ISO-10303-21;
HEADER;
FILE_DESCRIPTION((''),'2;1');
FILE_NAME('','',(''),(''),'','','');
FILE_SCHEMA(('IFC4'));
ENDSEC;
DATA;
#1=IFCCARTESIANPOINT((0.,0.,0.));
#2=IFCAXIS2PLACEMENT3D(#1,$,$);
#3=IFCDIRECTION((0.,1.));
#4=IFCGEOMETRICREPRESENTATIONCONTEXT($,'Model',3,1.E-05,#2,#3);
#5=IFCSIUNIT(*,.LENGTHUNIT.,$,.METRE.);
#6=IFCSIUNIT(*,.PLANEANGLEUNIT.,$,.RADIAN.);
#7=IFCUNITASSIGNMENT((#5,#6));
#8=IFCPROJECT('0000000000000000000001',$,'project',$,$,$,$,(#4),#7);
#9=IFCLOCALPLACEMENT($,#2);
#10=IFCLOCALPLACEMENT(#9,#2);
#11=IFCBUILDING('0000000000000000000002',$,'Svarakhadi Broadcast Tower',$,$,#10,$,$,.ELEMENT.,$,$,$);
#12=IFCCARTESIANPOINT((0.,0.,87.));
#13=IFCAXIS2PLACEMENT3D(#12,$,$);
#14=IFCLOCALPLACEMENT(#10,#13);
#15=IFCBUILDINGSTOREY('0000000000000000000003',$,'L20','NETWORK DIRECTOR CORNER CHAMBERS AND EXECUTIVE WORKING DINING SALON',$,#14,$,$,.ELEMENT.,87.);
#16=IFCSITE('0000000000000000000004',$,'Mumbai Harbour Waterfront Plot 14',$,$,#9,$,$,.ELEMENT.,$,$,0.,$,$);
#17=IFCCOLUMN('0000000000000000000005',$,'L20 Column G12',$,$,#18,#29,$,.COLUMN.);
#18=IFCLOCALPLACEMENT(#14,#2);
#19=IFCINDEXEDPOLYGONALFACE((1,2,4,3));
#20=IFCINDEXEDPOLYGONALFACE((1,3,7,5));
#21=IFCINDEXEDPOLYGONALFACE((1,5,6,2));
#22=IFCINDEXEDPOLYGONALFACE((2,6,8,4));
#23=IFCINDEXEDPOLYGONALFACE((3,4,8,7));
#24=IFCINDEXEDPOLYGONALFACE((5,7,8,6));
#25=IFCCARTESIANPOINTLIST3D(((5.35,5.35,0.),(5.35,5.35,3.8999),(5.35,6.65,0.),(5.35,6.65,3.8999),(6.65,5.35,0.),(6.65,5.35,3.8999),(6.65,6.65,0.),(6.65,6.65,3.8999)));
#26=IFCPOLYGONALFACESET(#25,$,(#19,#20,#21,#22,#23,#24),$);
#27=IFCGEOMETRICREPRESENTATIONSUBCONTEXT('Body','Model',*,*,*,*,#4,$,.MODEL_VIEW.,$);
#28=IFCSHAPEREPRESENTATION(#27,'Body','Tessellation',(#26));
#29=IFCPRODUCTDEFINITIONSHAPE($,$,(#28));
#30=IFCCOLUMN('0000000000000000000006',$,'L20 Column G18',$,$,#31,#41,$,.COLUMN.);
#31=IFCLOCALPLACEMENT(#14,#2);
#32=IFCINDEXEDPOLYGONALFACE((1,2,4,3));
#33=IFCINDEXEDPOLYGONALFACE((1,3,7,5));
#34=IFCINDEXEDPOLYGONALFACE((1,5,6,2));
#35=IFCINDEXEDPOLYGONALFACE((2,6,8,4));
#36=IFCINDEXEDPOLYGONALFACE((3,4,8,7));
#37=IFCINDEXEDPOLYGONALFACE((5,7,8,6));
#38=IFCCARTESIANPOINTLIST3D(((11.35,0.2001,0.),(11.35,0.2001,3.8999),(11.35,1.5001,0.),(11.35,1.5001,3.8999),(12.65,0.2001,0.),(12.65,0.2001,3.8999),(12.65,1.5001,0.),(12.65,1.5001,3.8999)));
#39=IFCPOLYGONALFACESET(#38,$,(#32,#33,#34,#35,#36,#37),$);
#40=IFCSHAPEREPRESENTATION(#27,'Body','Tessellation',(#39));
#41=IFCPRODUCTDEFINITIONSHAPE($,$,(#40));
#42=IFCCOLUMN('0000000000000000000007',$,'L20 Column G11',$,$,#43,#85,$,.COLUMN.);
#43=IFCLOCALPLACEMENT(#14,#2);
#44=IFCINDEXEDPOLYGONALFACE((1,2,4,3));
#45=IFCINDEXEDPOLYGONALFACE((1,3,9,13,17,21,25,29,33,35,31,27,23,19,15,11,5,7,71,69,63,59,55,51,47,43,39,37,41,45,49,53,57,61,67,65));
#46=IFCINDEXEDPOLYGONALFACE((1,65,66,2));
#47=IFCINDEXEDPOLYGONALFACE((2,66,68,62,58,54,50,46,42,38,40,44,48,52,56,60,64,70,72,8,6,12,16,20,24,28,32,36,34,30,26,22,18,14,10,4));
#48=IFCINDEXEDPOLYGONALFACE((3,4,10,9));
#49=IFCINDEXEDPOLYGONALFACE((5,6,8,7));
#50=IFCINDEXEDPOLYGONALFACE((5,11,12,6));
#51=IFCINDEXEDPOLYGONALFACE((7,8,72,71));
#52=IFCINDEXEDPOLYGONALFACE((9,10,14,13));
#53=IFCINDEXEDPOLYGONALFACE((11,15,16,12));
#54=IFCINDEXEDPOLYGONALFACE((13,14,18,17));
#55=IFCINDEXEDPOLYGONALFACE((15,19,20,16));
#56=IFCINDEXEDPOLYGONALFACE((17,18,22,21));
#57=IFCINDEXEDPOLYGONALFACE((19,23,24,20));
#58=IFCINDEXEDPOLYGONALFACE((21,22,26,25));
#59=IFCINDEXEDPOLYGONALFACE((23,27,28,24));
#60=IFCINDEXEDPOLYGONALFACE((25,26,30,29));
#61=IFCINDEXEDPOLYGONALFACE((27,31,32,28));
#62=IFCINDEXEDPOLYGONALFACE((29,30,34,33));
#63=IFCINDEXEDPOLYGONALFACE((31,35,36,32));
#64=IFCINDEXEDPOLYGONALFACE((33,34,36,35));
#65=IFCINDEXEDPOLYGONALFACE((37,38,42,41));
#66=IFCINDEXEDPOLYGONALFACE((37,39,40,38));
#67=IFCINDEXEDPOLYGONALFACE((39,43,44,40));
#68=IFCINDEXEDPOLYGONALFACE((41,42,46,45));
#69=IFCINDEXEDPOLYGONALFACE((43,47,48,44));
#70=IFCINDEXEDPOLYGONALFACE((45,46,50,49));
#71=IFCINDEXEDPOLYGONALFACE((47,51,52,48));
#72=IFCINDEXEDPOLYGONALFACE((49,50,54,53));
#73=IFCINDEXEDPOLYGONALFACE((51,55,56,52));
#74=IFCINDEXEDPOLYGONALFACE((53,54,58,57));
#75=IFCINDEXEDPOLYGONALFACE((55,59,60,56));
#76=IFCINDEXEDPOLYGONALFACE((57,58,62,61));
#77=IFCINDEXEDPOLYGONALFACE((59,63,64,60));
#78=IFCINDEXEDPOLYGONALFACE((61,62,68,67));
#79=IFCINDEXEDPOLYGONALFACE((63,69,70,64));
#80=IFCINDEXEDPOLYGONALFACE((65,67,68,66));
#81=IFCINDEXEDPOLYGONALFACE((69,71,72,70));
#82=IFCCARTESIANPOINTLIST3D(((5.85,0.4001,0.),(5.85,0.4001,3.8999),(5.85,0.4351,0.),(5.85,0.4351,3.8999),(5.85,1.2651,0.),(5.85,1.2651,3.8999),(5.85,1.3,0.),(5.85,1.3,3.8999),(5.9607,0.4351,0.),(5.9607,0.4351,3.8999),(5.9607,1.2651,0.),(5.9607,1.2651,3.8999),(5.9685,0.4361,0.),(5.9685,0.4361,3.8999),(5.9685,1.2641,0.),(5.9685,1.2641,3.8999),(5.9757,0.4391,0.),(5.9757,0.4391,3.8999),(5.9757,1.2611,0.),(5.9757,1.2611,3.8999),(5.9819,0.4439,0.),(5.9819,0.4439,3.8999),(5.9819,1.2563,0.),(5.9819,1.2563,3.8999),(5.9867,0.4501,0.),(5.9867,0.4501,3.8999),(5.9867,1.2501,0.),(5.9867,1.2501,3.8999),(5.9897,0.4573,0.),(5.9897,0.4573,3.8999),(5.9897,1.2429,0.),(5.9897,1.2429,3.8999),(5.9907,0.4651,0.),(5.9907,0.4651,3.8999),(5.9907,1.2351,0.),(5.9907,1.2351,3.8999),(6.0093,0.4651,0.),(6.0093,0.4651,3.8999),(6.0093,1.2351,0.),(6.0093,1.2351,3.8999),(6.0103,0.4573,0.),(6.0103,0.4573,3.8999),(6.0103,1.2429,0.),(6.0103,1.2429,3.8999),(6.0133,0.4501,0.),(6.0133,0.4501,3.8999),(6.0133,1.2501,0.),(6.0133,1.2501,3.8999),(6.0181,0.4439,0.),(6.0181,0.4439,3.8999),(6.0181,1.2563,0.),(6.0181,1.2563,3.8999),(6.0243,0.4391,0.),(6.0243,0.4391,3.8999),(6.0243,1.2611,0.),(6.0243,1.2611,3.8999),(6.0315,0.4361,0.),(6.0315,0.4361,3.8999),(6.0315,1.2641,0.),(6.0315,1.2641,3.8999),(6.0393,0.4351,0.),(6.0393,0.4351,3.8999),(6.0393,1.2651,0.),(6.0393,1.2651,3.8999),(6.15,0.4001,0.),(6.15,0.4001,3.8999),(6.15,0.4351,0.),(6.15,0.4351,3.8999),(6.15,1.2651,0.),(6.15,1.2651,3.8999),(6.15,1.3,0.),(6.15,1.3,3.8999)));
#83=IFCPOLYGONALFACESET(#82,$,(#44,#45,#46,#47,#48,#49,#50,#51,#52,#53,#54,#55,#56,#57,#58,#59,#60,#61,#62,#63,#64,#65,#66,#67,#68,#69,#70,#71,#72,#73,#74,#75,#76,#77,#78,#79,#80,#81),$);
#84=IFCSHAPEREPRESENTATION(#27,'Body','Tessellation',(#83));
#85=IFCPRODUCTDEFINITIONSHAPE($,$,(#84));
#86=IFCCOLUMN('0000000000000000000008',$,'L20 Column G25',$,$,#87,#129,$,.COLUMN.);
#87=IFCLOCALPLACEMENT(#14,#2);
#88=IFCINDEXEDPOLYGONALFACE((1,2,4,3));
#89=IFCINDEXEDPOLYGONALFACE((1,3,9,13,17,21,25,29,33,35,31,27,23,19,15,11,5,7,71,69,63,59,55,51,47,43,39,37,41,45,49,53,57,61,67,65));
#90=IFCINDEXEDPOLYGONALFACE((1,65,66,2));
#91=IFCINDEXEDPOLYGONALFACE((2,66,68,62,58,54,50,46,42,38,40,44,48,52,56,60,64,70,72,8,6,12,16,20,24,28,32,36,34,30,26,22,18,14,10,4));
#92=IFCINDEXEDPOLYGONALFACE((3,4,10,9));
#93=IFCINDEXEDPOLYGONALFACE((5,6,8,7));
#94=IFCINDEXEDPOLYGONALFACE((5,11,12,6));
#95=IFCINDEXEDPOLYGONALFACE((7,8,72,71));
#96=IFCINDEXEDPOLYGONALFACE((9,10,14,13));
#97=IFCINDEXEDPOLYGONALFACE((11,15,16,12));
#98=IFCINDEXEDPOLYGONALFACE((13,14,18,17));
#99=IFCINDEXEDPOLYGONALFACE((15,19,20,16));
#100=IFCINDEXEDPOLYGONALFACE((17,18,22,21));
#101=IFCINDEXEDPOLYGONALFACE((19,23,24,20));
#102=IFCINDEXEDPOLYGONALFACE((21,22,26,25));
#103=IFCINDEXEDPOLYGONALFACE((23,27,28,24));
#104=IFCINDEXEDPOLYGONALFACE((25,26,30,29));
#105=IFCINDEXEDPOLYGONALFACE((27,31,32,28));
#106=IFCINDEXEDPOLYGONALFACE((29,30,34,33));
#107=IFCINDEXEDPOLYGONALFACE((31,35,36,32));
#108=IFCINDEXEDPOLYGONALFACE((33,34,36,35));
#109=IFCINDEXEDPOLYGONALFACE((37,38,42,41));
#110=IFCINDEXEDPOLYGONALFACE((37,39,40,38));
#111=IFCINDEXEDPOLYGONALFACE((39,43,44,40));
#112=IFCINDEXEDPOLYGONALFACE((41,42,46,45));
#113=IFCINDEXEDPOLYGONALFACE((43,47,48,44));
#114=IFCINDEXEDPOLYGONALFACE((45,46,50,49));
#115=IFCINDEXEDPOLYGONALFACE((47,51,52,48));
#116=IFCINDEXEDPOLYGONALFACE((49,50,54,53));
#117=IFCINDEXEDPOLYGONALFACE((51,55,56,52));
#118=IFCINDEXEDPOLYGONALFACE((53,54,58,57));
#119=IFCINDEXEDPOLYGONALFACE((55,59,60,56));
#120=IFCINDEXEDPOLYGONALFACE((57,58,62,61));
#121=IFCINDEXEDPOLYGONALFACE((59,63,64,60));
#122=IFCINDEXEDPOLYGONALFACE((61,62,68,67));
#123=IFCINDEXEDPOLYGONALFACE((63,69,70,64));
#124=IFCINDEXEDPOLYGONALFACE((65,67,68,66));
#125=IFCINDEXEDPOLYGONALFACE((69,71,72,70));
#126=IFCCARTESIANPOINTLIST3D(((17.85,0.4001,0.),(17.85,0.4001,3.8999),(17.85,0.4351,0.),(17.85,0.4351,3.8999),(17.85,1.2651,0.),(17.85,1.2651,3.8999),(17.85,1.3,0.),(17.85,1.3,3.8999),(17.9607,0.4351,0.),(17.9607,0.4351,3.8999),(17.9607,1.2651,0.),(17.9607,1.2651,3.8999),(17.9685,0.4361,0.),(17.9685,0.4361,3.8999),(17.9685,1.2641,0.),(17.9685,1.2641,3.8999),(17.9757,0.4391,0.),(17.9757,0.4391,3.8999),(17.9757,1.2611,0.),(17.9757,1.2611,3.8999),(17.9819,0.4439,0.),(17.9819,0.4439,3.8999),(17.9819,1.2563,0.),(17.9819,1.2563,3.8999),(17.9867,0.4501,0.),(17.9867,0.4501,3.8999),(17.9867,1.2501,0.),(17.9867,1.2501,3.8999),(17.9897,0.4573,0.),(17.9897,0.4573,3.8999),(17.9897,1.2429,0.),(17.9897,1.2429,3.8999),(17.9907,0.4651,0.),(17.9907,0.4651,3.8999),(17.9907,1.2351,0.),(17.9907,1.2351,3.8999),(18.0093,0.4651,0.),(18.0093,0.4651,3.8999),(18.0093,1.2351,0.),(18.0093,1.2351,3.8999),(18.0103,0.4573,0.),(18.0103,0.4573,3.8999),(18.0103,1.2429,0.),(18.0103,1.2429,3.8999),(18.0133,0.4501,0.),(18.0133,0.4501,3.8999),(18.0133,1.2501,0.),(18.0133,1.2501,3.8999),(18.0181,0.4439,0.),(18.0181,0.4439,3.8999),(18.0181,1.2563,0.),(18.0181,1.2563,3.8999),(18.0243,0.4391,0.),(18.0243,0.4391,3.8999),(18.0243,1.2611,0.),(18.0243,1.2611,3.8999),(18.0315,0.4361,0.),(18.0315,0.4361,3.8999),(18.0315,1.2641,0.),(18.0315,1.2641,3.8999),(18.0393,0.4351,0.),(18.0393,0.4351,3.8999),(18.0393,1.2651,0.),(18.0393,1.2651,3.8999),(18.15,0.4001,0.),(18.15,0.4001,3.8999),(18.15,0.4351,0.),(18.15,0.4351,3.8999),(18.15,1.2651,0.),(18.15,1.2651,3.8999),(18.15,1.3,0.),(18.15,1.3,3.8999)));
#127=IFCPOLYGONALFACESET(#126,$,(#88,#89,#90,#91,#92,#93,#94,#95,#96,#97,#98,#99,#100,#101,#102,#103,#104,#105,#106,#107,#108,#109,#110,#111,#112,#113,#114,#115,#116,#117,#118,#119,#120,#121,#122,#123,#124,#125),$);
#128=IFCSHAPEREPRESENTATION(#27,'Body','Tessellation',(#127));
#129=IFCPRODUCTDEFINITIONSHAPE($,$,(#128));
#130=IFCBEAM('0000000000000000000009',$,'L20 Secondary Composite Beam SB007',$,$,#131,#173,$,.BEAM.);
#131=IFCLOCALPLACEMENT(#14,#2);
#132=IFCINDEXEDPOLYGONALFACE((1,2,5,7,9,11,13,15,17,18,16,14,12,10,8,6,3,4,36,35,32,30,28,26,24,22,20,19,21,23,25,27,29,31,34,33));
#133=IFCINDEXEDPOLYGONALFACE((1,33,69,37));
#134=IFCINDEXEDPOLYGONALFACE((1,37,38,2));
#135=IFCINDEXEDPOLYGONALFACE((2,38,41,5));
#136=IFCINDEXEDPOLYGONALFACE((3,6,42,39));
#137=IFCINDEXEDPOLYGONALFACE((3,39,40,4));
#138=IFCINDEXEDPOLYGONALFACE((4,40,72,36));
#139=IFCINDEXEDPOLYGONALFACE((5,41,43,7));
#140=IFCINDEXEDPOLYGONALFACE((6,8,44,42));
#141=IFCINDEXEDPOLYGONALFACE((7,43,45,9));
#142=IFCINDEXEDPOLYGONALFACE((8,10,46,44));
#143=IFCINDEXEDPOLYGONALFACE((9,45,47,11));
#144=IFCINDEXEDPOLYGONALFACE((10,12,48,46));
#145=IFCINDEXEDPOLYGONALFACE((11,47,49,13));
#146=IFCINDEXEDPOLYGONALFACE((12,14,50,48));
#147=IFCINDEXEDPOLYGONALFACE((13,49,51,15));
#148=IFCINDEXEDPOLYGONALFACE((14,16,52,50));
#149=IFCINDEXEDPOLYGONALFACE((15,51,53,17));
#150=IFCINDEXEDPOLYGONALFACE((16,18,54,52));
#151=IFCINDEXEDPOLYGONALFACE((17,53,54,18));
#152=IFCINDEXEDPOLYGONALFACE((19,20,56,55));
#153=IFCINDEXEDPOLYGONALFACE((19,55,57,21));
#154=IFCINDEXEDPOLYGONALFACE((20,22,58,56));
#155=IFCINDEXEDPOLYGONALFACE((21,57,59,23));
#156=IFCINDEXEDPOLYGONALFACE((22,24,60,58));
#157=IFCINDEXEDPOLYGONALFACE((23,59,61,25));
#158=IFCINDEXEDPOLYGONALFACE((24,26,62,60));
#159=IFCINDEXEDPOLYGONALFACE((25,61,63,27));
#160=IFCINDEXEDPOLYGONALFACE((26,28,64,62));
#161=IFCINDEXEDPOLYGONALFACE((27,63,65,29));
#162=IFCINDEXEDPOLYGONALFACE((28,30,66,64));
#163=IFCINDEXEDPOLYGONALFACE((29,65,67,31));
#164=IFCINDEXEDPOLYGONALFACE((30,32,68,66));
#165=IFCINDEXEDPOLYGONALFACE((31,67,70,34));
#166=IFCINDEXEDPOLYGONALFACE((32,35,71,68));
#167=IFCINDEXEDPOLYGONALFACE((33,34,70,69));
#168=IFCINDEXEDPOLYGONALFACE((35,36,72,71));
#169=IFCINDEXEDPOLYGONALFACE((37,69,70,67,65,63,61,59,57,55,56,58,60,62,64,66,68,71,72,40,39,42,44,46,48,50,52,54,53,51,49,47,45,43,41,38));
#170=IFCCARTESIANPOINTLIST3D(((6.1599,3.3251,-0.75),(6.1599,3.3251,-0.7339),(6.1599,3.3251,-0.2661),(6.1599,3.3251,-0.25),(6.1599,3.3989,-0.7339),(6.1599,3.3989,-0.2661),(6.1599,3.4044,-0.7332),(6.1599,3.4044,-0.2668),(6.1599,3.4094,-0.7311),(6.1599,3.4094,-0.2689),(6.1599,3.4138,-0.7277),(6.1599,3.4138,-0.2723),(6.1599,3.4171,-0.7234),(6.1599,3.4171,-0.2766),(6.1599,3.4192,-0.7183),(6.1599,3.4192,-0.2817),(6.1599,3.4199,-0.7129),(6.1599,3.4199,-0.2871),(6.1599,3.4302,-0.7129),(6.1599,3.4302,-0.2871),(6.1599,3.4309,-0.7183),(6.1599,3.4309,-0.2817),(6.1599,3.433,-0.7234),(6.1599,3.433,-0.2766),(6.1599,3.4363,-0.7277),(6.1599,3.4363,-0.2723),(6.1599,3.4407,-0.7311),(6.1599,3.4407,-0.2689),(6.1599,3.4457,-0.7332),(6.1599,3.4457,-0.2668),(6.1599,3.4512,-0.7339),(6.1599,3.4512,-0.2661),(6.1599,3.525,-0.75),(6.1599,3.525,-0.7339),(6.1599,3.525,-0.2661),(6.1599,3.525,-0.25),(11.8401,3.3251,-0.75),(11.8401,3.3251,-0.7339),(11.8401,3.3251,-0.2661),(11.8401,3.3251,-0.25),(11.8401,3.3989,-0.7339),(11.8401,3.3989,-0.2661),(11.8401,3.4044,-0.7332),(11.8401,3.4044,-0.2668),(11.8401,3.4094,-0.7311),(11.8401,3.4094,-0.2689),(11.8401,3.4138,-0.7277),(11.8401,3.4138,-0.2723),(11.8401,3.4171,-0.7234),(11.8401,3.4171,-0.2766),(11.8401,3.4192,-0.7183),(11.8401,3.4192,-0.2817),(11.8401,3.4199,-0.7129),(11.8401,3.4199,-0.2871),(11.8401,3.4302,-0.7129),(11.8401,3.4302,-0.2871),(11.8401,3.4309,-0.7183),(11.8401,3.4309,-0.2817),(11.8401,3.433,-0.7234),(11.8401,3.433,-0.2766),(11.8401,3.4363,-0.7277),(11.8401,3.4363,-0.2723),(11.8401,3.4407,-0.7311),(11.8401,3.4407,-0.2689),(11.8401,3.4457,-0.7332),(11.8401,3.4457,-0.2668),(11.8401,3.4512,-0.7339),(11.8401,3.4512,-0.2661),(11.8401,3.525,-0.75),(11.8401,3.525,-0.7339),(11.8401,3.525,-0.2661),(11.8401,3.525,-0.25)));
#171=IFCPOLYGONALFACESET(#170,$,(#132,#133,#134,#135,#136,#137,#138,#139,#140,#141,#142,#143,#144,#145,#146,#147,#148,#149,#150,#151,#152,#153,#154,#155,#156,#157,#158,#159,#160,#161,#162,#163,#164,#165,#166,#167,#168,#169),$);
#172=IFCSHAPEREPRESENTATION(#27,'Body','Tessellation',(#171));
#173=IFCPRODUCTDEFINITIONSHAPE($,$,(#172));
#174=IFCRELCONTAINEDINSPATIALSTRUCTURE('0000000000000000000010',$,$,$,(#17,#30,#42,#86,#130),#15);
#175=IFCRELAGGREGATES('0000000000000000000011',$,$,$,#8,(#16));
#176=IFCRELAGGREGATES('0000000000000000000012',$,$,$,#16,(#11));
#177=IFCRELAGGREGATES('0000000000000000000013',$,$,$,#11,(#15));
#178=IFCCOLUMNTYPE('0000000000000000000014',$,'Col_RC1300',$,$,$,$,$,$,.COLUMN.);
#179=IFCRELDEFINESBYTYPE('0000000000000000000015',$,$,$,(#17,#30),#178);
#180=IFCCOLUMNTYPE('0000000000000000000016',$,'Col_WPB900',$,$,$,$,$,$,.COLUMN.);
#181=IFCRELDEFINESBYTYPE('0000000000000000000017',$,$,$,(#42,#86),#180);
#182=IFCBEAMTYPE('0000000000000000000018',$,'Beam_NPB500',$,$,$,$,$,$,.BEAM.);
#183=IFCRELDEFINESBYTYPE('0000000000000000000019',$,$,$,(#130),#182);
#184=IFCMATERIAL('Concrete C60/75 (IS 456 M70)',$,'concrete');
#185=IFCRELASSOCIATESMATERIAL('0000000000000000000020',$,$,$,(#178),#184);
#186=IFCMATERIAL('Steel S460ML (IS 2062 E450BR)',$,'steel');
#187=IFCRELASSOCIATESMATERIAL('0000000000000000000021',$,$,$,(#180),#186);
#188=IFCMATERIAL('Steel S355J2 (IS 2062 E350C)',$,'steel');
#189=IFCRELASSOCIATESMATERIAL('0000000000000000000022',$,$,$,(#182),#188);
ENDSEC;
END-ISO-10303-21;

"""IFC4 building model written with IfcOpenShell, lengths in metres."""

from ifc_helpers import new_model, si_unit, direction, frame, origin, origin_2d, place, context, subcontext, project, spatial, rectangle, i_section, extrude, material, material_profile, profile_set, type_object, element, save


model = new_model("IFC4")

# Units and contexts
model_context = context("Model", 3, precision=1e-05, world=origin(), true_north=direction((0.0, 1.0)))
body_context = subcontext(model_context, "Body", "Model", "MODEL_VIEW")
ifc_project = project(units=[si_unit("LENGTHUNIT", "METRE"), si_unit("PLANEANGLEUNIT", "RADIAN")], contexts=[model_context])

# Site, building, storey
site_placement = place(None, origin())
site = spatial("IfcSite", under=ifc_project, at=site_placement, Name="Mumbai Harbour Waterfront Plot 14", CompositionType="ELEMENT", RefElevation=0.0)
building_placement = place(site_placement, origin())
building = spatial("IfcBuilding", under=site, at=building_placement, Name="Svarakhadi Broadcast Tower", CompositionType="ELEMENT")
storey_placement = place(building_placement, frame((0.0, 0.0, 87.0)))
storey = spatial("IfcBuildingStorey", under=building, at=storey_placement, Name="L20", Description="NETWORK DIRECTOR CORNER CHAMBERS AND EXECUTIVE WORKING DINING SALON", CompositionType="ELEMENT", Elevation=87.0)

# Columns
ifc_material_1 = material(Name="Concrete C60/75 (IS 456 M70)", Category="concrete")
ifc_material_profile_1 = material_profile(ifc_material_1, rectangle(XDim=1.3, YDim=1.3, at=origin_2d()), Name="RC 1300x1300")
ifc_profile_set_1 = profile_set([ifc_material_profile_1], Name="Concrete C60/75 (IS 456 M70)")
column_type_1 = type_object("IfcColumnType", Name="Col_RC1300", PredefinedType="COLUMN", material=ifc_profile_set_1)
for number, where, z_axis, x_axis, name in (
    (1, (6.0, 6.0, 0.0), (0.0, 0.0, 1.0), (1.0, 0.0, 0.0), "L20 Column G12"),
    (2, (12.0, 0.8501, 0.0), (0.0, 0.0, 1.0), (1.0, 0.0, 0.0), "L20 Column G18"),
):
    element("IfcColumn", number, at=place(storey_placement, frame(where, z_axis=z_axis, x_axis=x_axis)), inside=storey, type_object=column_type_1, Name=name, PredefinedType="COLUMN", context=body_context, shape_type="SweptSolid", body=[
        extrude(rectangle(XDim=1.3, YDim=1.3, at=origin_2d()), origin(), (0.0, 0.0, 1.0), 3.8999),
    ])
ifc_material_2 = material(Name="Steel S460ML (IS 2062 E450BR)", Category="steel")
ifc_material_profile_2 = material_profile(ifc_material_2, i_section(OverallWidth=0.3, OverallDepth=0.8999, WebThickness=0.0186, FlangeThickness=0.0349, FilletRadius=0.03, at=origin_2d()), Name="WPB 900x300x291")
ifc_profile_set_2 = profile_set([ifc_material_profile_2], Name="Steel S460ML (IS 2062 E450BR)")
column_type_2 = type_object("IfcColumnType", Name="Col_WPB900", PredefinedType="COLUMN", material=ifc_profile_set_2)
for number, where, z_axis, x_axis, name in (
    (3, (6.0, 0.8501, 0.0), (0.0, 0.0, 1.0), (1.0, 0.0, 0.0), "L20 Column G11"),
    (4, (18.0, 0.8501, 0.0), (0.0, 0.0, 1.0), (1.0, 0.0, 0.0), "L20 Column G25"),
):
    element("IfcColumn", number, at=place(storey_placement, frame(where, z_axis=z_axis, x_axis=x_axis)), inside=storey, type_object=column_type_2, Name=name, PredefinedType="COLUMN", context=body_context, shape_type="SweptSolid", body=[
        extrude(i_section(OverallWidth=0.3, OverallDepth=0.8999, WebThickness=0.0186, FlangeThickness=0.0349, FilletRadius=0.03, at=origin_2d()), origin(), (0.0, 0.0, 1.0), 3.8999),
    ])

# Beam
ifc_material_3 = material(Name="Steel S355J2 (IS 2062 E350C)", Category="steel")
ifc_material_profile_3 = material_profile(ifc_material_3, i_section(OverallWidth=0.2, OverallDepth=0.5, WebThickness=0.0103, FlangeThickness=0.0161, FilletRadius=0.021, at=origin_2d()), Name="NPB 500x200x91")
ifc_profile_set_3 = profile_set([ifc_material_profile_3], Name="Steel S355J2 (IS 2062 E350C)")
beam_type_1 = type_object("IfcBeamType", Name="Beam_NPB500", PredefinedType="BEAM", material=ifc_profile_set_3)
for number, where, z_axis, x_axis, name in (
    (5, (6.1599, 3.425, -0.5), (1.0, 0.0, 0.0), (0.0, 1.0, 0.0), "L20 Secondary Composite Beam SB007"),
):
    element("IfcBeam", number, at=place(storey_placement, frame(where, z_axis=z_axis, x_axis=x_axis)), inside=storey, type_object=beam_type_1, Name=name, PredefinedType="BEAM", context=body_context, shape_type="SweptSolid", body=[
        extrude(i_section(OverallWidth=0.2, OverallDepth=0.5, WebThickness=0.0103, FlangeThickness=0.0161, FilletRadius=0.021, at=origin_2d()), origin(), (0.0, 0.0, 1.0), 5.6802),
    ])

save(model, "model.ifc")
